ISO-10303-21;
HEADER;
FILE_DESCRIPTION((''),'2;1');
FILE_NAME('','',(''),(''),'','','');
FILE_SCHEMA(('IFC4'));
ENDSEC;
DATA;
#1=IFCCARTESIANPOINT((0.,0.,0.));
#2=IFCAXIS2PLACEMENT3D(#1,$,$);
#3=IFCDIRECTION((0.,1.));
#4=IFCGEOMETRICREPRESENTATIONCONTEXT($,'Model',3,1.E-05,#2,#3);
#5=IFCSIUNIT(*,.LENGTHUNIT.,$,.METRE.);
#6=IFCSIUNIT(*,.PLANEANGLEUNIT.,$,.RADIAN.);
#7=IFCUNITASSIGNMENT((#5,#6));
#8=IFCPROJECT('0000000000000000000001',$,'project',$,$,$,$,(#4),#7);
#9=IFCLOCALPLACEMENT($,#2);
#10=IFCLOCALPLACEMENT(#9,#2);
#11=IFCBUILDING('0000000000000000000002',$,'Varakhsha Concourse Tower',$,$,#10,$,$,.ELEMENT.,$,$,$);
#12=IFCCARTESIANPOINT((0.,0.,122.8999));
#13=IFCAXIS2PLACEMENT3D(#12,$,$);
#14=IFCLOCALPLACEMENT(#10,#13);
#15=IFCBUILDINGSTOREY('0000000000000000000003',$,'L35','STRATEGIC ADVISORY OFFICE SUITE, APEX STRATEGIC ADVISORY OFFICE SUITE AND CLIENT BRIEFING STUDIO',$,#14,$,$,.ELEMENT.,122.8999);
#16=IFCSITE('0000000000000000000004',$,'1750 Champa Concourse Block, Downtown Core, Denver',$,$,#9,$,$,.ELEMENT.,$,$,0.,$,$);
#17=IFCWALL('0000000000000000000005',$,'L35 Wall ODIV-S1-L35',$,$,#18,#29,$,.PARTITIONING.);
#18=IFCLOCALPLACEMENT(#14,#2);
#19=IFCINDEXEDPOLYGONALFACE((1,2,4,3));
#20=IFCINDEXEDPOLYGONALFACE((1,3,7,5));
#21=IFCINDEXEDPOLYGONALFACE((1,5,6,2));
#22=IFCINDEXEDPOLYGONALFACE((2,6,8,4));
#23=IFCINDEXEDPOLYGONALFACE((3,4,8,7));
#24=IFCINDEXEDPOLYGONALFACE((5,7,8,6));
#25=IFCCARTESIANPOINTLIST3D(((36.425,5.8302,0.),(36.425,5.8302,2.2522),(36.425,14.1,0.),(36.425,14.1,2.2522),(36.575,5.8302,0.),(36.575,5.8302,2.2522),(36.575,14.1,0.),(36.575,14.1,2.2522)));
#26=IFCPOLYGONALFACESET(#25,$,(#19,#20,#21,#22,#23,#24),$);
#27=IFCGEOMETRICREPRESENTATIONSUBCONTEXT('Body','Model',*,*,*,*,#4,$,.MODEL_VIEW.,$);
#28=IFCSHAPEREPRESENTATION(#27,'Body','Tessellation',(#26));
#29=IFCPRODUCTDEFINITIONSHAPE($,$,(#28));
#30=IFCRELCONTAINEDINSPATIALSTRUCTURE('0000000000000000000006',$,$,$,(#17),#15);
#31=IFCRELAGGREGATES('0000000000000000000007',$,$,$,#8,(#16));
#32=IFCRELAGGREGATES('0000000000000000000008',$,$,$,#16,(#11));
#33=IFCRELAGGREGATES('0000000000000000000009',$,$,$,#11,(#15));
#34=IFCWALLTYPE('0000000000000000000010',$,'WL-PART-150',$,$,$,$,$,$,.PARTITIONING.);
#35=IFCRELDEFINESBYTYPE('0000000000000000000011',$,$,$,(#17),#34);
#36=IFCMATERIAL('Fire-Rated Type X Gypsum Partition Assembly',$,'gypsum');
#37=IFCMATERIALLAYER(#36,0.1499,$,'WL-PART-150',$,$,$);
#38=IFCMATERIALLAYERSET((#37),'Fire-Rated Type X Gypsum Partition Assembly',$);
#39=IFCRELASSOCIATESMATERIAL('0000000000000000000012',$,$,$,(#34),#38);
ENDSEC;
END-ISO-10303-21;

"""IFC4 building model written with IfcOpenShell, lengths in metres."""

from ifc_helpers import new_model, si_unit, direction, frame, frame_2d, origin, place, context, subcontext, project, spatial, rectangle, extrude, material, layer, layer_set, type_object, element, save


model = new_model("IFC4")

# Units and contexts
model_context = context("Model", 3, precision=1e-05, world=origin(), true_north=direction((0.0, 1.0)))
body_context = subcontext(model_context, "Body", "Model", "MODEL_VIEW")
ifc_project = project(units=[si_unit("LENGTHUNIT", "METRE"), si_unit("PLANEANGLEUNIT", "RADIAN")], contexts=[model_context])

# Site, building, storey
site_placement = place(None, origin())
site = spatial("IfcSite", under=ifc_project, at=site_placement, Name="1750 Champa Concourse Block, Downtown Core, Denver", CompositionType="ELEMENT", RefElevation=0.0)
building_placement = place(site_placement, origin())
building = spatial("IfcBuilding", under=site, at=building_placement, Name="Varakhsha Concourse Tower", CompositionType="ELEMENT")
storey_placement = place(building_placement, frame((0.0, 0.0, 122.8999)))
storey = spatial("IfcBuildingStorey", under=building, at=storey_placement, Name="L35", Description="STRATEGIC ADVISORY OFFICE SUITE, APEX STRATEGIC ADVISORY OFFICE SUITE AND CLIENT BRIEFING STUDIO", CompositionType="ELEMENT", Elevation=122.8999)

# Shared definitions
ifc_material_1 = material(Name="Fire-Rated Type X Gypsum Partition Assembly", Category="gypsum")
ifc_layer_1 = layer(ifc_material_1, 0.1499, Name="WL-PART-150")
ifc_layer_set_1 = layer_set([ifc_layer_1], Name="Fire-Rated Type X Gypsum Partition Assembly")
wall_type = type_object("IfcWallType", Name="WL-PART-150", PredefinedType="PARTITIONING", material=ifc_layer_set_1)

# Wall
wall_1_placement = place(storey_placement, frame((36.5, 5.8303, 0.0), z_axis=(0.0, 0.0, 1.0), x_axis=(0.0, 1.0, 0.0)))
element("IfcWall", 1, at=wall_1_placement, inside=storey, type_object=wall_type, Name="L35 Wall ODIV-S1-L35", PredefinedType="PARTITIONING", context=body_context, shape_type="SweptSolid", body=[
    extrude(rectangle(XDim=8.2698, YDim=0.1499, at=frame_2d((4.1348, 0.0))), origin(), (0.0, 0.0, 1.0), 2.2522),
])

save(model, "model.ifc")
